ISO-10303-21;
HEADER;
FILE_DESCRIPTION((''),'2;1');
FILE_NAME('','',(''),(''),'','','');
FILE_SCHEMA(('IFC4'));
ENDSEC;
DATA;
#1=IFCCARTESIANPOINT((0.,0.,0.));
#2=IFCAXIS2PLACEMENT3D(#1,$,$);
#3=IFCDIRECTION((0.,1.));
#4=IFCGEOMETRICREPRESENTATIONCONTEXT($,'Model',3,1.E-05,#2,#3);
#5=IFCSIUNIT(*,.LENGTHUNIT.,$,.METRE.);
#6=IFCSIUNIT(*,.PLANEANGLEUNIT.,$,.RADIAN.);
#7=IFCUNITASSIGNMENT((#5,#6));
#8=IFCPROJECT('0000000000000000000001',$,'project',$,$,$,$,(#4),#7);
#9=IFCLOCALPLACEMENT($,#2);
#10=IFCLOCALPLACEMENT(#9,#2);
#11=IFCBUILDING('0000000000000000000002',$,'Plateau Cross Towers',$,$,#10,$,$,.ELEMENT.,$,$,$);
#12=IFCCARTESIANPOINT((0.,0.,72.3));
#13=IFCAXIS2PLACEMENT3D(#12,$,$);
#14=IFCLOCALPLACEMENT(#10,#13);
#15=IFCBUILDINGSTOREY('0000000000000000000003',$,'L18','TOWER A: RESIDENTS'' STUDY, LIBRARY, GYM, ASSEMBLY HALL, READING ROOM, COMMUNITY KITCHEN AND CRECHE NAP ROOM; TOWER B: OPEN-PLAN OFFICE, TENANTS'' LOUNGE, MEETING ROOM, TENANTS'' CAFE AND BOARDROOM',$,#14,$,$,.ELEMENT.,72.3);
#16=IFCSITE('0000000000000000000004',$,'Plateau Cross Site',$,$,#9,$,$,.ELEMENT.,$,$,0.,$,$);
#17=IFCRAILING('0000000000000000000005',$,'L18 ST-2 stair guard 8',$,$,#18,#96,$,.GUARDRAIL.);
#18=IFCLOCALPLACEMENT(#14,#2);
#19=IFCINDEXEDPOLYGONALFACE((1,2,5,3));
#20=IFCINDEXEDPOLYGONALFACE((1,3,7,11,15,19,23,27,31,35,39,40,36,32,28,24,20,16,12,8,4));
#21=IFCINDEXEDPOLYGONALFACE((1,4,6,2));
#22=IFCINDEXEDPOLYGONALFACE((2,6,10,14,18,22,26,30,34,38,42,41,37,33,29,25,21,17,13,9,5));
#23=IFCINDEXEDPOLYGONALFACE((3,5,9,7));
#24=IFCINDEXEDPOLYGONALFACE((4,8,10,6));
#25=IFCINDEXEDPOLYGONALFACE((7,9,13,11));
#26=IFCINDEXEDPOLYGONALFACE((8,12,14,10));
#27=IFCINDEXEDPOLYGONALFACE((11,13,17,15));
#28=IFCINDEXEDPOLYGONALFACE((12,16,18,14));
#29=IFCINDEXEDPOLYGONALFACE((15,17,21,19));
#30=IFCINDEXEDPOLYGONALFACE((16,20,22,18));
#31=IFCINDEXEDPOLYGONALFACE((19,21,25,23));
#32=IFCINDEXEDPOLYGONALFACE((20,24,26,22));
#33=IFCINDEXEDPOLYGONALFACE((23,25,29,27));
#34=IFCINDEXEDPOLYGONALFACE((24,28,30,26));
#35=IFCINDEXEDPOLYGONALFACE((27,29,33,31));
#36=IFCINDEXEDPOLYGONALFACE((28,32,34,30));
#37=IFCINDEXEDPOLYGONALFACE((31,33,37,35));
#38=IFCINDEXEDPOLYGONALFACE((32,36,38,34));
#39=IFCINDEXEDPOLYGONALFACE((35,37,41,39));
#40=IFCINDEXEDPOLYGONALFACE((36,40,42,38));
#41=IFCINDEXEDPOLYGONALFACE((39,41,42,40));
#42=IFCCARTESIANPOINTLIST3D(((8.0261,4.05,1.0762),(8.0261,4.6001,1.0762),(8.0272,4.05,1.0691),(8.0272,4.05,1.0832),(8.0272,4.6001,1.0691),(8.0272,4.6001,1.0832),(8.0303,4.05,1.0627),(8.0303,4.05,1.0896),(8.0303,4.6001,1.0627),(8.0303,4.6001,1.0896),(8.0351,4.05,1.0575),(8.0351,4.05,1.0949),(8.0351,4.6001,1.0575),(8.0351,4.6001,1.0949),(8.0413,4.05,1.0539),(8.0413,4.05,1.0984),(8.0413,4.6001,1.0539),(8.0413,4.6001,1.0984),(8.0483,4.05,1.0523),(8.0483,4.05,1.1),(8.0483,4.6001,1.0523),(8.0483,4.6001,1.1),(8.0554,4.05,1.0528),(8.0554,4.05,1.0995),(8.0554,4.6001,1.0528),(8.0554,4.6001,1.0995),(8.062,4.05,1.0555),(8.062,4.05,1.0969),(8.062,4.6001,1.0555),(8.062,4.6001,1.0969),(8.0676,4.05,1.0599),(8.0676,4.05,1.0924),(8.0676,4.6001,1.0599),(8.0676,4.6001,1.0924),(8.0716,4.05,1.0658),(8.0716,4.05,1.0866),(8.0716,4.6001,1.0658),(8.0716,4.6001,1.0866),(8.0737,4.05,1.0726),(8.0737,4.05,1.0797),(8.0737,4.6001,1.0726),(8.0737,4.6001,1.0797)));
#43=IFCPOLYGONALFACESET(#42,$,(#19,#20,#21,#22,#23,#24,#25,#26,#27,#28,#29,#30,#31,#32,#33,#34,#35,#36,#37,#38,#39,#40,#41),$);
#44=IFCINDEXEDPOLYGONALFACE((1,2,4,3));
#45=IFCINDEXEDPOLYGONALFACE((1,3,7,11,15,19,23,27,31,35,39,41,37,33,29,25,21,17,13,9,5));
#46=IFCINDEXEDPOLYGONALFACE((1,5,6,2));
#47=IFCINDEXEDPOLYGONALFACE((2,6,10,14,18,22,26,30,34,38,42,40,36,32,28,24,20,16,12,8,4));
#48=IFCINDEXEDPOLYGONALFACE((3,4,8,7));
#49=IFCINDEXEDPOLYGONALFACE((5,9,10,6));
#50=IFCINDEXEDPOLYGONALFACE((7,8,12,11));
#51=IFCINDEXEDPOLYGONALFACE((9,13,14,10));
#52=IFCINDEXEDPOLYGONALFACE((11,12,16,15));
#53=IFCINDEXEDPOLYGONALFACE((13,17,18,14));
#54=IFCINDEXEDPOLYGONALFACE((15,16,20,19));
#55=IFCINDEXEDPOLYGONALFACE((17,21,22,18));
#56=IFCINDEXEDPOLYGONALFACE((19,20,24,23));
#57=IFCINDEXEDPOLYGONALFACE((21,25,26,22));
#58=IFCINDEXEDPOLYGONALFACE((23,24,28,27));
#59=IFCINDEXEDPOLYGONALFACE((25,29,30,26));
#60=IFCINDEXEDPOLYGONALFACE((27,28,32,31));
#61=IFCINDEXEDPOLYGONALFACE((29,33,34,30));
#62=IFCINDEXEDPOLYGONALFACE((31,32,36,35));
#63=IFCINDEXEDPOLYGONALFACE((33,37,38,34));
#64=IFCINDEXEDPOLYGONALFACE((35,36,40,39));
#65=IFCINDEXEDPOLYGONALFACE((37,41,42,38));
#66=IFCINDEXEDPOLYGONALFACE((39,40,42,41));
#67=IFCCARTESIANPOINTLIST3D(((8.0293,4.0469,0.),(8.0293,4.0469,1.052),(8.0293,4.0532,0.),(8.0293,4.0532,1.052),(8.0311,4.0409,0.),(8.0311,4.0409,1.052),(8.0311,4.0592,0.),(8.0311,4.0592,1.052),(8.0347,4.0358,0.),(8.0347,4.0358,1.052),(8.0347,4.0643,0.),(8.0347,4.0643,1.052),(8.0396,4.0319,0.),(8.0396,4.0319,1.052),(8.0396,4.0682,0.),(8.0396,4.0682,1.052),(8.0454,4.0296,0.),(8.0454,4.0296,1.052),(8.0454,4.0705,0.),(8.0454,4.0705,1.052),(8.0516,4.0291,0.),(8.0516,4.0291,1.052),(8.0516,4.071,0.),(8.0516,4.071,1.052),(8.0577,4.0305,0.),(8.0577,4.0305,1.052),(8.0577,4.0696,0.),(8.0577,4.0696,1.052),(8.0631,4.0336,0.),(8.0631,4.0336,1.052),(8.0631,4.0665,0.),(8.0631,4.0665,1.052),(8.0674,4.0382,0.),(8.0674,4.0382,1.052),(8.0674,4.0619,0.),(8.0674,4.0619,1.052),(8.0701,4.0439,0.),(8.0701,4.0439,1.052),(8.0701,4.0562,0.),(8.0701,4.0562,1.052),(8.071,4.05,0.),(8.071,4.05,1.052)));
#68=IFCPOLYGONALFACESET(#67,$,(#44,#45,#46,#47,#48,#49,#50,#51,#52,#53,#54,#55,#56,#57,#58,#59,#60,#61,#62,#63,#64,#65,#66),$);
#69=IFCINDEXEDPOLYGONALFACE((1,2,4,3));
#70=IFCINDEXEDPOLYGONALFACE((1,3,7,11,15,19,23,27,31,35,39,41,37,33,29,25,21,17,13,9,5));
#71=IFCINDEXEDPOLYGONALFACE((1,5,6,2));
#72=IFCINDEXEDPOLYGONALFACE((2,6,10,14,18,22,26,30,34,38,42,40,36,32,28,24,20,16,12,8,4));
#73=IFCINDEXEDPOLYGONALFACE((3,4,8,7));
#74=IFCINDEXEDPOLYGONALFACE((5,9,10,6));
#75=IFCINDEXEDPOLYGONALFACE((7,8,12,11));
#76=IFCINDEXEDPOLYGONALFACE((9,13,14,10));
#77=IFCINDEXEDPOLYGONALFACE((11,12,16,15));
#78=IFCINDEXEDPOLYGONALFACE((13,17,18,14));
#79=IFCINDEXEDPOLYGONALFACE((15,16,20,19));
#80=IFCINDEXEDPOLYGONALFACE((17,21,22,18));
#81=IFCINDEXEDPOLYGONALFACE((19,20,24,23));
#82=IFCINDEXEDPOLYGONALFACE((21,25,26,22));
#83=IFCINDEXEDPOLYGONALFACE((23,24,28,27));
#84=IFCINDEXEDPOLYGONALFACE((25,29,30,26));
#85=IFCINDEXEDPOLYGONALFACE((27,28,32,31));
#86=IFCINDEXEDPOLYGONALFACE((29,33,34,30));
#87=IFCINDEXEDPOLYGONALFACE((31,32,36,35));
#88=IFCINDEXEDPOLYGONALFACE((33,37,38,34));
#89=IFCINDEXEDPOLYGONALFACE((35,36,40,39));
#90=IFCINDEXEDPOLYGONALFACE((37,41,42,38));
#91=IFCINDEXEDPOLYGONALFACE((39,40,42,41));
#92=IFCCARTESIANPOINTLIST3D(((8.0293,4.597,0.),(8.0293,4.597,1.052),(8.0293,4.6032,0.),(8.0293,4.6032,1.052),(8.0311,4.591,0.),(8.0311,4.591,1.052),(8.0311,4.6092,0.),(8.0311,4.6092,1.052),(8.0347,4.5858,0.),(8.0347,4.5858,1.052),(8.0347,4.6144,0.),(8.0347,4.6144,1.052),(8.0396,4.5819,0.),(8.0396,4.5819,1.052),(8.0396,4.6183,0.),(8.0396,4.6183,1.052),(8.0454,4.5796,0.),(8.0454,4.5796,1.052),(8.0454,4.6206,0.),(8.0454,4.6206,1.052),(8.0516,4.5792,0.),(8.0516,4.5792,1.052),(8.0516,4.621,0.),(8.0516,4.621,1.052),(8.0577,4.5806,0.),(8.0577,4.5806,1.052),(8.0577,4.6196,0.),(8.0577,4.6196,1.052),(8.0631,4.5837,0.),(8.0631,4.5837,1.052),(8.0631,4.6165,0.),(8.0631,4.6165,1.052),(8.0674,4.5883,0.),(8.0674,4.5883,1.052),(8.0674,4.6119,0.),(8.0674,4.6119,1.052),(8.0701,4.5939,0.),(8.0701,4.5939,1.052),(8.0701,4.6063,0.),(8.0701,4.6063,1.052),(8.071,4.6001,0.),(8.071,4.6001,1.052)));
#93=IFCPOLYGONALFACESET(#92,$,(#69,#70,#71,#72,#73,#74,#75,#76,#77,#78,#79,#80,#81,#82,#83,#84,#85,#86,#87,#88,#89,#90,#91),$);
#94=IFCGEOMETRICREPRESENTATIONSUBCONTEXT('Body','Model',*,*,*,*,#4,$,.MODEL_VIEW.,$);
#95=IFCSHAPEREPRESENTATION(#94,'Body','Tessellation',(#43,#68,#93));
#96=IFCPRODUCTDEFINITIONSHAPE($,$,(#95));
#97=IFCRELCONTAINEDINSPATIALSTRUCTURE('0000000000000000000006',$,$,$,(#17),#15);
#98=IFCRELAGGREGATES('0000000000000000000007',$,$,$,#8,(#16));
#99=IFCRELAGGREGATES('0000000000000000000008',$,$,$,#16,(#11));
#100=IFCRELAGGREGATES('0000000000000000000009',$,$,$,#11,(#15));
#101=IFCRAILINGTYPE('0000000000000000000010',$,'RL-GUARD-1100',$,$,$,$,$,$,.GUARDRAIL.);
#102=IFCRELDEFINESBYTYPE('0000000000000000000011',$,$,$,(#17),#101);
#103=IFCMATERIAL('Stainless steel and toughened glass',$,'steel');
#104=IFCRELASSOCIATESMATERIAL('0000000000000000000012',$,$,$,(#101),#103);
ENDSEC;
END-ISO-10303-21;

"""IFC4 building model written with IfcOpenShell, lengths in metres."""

from ifc_helpers import new_model, si_unit, direction, frame, origin, origin_2d, place, context, subcontext, project, spatial, circle, extrude, material, type_object, element, save


model = new_model("IFC4")

# Units and contexts
model_context = context("Model", 3, precision=1e-05, world=origin(), true_north=direction((0.0, 1.0)))
body_context = subcontext(model_context, "Body", "Model", "MODEL_VIEW")
ifc_project = project(units=[si_unit("LENGTHUNIT", "METRE"), si_unit("PLANEANGLEUNIT", "RADIAN")], contexts=[model_context])

# Site, building, storey
site_placement = place(None, origin())
site = spatial("IfcSite", under=ifc_project, at=site_placement, Name="Plateau Cross Site", CompositionType="ELEMENT", RefElevation=0.0)
building_placement = place(site_placement, origin())
building = spatial("IfcBuilding", under=site, at=building_placement, Name="Plateau Cross Towers", CompositionType="ELEMENT")
storey_placement = place(building_placement, frame((0.0, 0.0, 72.3)))
storey = spatial("IfcBuildingStorey", under=building, at=storey_placement, Name="L18", Description="TOWER A: RESIDENTS' STUDY, LIBRARY, GYM, ASSEMBLY HALL, READING ROOM, COMMUNITY KITCHEN AND CRECHE NAP ROOM; TOWER B: OPEN-PLAN OFFICE, TENANTS' LOUNGE, MEETING ROOM, TENANTS' CAFE AND BOARDROOM", CompositionType="ELEMENT", Elevation=72.3)

# Railing
ifc_material_1 = material(Name="Stainless steel and toughened glass", Category="steel")
railing_type_1 = type_object("IfcRailingType", Name="RL-GUARD-1100", PredefinedType="GUARDRAIL", material=ifc_material_1)
railing_1_placement = place(storey_placement, frame((8.05, 4.05, 0.0)))
element("IfcRailing", 1, at=railing_1_placement, inside=storey, type_object=railing_type_1, Name="L18 ST-2 stair guard 8", PredefinedType="GUARDRAIL", context=body_context, shape_type="SweptSolid", body=[
    extrude(circle(Radius=0.0239, at=origin_2d()), frame((0.0, 0.0, 1.0762), z_axis=(0.0, 1.0, 0.0), x_axis=(-1.0, 0.0, 0.0)), (0.0, 0.0, 1.0), 0.55),
    extrude(circle(Radius=0.021, at=origin_2d()), origin(), (0.0, 0.0, 1.0), 1.052),
    extrude(circle(Radius=0.021, at=origin_2d()), frame((0.0, 0.55, 0.0)), (0.0, 0.0, 1.0), 1.052),
])

save(model, "model.ifc")
